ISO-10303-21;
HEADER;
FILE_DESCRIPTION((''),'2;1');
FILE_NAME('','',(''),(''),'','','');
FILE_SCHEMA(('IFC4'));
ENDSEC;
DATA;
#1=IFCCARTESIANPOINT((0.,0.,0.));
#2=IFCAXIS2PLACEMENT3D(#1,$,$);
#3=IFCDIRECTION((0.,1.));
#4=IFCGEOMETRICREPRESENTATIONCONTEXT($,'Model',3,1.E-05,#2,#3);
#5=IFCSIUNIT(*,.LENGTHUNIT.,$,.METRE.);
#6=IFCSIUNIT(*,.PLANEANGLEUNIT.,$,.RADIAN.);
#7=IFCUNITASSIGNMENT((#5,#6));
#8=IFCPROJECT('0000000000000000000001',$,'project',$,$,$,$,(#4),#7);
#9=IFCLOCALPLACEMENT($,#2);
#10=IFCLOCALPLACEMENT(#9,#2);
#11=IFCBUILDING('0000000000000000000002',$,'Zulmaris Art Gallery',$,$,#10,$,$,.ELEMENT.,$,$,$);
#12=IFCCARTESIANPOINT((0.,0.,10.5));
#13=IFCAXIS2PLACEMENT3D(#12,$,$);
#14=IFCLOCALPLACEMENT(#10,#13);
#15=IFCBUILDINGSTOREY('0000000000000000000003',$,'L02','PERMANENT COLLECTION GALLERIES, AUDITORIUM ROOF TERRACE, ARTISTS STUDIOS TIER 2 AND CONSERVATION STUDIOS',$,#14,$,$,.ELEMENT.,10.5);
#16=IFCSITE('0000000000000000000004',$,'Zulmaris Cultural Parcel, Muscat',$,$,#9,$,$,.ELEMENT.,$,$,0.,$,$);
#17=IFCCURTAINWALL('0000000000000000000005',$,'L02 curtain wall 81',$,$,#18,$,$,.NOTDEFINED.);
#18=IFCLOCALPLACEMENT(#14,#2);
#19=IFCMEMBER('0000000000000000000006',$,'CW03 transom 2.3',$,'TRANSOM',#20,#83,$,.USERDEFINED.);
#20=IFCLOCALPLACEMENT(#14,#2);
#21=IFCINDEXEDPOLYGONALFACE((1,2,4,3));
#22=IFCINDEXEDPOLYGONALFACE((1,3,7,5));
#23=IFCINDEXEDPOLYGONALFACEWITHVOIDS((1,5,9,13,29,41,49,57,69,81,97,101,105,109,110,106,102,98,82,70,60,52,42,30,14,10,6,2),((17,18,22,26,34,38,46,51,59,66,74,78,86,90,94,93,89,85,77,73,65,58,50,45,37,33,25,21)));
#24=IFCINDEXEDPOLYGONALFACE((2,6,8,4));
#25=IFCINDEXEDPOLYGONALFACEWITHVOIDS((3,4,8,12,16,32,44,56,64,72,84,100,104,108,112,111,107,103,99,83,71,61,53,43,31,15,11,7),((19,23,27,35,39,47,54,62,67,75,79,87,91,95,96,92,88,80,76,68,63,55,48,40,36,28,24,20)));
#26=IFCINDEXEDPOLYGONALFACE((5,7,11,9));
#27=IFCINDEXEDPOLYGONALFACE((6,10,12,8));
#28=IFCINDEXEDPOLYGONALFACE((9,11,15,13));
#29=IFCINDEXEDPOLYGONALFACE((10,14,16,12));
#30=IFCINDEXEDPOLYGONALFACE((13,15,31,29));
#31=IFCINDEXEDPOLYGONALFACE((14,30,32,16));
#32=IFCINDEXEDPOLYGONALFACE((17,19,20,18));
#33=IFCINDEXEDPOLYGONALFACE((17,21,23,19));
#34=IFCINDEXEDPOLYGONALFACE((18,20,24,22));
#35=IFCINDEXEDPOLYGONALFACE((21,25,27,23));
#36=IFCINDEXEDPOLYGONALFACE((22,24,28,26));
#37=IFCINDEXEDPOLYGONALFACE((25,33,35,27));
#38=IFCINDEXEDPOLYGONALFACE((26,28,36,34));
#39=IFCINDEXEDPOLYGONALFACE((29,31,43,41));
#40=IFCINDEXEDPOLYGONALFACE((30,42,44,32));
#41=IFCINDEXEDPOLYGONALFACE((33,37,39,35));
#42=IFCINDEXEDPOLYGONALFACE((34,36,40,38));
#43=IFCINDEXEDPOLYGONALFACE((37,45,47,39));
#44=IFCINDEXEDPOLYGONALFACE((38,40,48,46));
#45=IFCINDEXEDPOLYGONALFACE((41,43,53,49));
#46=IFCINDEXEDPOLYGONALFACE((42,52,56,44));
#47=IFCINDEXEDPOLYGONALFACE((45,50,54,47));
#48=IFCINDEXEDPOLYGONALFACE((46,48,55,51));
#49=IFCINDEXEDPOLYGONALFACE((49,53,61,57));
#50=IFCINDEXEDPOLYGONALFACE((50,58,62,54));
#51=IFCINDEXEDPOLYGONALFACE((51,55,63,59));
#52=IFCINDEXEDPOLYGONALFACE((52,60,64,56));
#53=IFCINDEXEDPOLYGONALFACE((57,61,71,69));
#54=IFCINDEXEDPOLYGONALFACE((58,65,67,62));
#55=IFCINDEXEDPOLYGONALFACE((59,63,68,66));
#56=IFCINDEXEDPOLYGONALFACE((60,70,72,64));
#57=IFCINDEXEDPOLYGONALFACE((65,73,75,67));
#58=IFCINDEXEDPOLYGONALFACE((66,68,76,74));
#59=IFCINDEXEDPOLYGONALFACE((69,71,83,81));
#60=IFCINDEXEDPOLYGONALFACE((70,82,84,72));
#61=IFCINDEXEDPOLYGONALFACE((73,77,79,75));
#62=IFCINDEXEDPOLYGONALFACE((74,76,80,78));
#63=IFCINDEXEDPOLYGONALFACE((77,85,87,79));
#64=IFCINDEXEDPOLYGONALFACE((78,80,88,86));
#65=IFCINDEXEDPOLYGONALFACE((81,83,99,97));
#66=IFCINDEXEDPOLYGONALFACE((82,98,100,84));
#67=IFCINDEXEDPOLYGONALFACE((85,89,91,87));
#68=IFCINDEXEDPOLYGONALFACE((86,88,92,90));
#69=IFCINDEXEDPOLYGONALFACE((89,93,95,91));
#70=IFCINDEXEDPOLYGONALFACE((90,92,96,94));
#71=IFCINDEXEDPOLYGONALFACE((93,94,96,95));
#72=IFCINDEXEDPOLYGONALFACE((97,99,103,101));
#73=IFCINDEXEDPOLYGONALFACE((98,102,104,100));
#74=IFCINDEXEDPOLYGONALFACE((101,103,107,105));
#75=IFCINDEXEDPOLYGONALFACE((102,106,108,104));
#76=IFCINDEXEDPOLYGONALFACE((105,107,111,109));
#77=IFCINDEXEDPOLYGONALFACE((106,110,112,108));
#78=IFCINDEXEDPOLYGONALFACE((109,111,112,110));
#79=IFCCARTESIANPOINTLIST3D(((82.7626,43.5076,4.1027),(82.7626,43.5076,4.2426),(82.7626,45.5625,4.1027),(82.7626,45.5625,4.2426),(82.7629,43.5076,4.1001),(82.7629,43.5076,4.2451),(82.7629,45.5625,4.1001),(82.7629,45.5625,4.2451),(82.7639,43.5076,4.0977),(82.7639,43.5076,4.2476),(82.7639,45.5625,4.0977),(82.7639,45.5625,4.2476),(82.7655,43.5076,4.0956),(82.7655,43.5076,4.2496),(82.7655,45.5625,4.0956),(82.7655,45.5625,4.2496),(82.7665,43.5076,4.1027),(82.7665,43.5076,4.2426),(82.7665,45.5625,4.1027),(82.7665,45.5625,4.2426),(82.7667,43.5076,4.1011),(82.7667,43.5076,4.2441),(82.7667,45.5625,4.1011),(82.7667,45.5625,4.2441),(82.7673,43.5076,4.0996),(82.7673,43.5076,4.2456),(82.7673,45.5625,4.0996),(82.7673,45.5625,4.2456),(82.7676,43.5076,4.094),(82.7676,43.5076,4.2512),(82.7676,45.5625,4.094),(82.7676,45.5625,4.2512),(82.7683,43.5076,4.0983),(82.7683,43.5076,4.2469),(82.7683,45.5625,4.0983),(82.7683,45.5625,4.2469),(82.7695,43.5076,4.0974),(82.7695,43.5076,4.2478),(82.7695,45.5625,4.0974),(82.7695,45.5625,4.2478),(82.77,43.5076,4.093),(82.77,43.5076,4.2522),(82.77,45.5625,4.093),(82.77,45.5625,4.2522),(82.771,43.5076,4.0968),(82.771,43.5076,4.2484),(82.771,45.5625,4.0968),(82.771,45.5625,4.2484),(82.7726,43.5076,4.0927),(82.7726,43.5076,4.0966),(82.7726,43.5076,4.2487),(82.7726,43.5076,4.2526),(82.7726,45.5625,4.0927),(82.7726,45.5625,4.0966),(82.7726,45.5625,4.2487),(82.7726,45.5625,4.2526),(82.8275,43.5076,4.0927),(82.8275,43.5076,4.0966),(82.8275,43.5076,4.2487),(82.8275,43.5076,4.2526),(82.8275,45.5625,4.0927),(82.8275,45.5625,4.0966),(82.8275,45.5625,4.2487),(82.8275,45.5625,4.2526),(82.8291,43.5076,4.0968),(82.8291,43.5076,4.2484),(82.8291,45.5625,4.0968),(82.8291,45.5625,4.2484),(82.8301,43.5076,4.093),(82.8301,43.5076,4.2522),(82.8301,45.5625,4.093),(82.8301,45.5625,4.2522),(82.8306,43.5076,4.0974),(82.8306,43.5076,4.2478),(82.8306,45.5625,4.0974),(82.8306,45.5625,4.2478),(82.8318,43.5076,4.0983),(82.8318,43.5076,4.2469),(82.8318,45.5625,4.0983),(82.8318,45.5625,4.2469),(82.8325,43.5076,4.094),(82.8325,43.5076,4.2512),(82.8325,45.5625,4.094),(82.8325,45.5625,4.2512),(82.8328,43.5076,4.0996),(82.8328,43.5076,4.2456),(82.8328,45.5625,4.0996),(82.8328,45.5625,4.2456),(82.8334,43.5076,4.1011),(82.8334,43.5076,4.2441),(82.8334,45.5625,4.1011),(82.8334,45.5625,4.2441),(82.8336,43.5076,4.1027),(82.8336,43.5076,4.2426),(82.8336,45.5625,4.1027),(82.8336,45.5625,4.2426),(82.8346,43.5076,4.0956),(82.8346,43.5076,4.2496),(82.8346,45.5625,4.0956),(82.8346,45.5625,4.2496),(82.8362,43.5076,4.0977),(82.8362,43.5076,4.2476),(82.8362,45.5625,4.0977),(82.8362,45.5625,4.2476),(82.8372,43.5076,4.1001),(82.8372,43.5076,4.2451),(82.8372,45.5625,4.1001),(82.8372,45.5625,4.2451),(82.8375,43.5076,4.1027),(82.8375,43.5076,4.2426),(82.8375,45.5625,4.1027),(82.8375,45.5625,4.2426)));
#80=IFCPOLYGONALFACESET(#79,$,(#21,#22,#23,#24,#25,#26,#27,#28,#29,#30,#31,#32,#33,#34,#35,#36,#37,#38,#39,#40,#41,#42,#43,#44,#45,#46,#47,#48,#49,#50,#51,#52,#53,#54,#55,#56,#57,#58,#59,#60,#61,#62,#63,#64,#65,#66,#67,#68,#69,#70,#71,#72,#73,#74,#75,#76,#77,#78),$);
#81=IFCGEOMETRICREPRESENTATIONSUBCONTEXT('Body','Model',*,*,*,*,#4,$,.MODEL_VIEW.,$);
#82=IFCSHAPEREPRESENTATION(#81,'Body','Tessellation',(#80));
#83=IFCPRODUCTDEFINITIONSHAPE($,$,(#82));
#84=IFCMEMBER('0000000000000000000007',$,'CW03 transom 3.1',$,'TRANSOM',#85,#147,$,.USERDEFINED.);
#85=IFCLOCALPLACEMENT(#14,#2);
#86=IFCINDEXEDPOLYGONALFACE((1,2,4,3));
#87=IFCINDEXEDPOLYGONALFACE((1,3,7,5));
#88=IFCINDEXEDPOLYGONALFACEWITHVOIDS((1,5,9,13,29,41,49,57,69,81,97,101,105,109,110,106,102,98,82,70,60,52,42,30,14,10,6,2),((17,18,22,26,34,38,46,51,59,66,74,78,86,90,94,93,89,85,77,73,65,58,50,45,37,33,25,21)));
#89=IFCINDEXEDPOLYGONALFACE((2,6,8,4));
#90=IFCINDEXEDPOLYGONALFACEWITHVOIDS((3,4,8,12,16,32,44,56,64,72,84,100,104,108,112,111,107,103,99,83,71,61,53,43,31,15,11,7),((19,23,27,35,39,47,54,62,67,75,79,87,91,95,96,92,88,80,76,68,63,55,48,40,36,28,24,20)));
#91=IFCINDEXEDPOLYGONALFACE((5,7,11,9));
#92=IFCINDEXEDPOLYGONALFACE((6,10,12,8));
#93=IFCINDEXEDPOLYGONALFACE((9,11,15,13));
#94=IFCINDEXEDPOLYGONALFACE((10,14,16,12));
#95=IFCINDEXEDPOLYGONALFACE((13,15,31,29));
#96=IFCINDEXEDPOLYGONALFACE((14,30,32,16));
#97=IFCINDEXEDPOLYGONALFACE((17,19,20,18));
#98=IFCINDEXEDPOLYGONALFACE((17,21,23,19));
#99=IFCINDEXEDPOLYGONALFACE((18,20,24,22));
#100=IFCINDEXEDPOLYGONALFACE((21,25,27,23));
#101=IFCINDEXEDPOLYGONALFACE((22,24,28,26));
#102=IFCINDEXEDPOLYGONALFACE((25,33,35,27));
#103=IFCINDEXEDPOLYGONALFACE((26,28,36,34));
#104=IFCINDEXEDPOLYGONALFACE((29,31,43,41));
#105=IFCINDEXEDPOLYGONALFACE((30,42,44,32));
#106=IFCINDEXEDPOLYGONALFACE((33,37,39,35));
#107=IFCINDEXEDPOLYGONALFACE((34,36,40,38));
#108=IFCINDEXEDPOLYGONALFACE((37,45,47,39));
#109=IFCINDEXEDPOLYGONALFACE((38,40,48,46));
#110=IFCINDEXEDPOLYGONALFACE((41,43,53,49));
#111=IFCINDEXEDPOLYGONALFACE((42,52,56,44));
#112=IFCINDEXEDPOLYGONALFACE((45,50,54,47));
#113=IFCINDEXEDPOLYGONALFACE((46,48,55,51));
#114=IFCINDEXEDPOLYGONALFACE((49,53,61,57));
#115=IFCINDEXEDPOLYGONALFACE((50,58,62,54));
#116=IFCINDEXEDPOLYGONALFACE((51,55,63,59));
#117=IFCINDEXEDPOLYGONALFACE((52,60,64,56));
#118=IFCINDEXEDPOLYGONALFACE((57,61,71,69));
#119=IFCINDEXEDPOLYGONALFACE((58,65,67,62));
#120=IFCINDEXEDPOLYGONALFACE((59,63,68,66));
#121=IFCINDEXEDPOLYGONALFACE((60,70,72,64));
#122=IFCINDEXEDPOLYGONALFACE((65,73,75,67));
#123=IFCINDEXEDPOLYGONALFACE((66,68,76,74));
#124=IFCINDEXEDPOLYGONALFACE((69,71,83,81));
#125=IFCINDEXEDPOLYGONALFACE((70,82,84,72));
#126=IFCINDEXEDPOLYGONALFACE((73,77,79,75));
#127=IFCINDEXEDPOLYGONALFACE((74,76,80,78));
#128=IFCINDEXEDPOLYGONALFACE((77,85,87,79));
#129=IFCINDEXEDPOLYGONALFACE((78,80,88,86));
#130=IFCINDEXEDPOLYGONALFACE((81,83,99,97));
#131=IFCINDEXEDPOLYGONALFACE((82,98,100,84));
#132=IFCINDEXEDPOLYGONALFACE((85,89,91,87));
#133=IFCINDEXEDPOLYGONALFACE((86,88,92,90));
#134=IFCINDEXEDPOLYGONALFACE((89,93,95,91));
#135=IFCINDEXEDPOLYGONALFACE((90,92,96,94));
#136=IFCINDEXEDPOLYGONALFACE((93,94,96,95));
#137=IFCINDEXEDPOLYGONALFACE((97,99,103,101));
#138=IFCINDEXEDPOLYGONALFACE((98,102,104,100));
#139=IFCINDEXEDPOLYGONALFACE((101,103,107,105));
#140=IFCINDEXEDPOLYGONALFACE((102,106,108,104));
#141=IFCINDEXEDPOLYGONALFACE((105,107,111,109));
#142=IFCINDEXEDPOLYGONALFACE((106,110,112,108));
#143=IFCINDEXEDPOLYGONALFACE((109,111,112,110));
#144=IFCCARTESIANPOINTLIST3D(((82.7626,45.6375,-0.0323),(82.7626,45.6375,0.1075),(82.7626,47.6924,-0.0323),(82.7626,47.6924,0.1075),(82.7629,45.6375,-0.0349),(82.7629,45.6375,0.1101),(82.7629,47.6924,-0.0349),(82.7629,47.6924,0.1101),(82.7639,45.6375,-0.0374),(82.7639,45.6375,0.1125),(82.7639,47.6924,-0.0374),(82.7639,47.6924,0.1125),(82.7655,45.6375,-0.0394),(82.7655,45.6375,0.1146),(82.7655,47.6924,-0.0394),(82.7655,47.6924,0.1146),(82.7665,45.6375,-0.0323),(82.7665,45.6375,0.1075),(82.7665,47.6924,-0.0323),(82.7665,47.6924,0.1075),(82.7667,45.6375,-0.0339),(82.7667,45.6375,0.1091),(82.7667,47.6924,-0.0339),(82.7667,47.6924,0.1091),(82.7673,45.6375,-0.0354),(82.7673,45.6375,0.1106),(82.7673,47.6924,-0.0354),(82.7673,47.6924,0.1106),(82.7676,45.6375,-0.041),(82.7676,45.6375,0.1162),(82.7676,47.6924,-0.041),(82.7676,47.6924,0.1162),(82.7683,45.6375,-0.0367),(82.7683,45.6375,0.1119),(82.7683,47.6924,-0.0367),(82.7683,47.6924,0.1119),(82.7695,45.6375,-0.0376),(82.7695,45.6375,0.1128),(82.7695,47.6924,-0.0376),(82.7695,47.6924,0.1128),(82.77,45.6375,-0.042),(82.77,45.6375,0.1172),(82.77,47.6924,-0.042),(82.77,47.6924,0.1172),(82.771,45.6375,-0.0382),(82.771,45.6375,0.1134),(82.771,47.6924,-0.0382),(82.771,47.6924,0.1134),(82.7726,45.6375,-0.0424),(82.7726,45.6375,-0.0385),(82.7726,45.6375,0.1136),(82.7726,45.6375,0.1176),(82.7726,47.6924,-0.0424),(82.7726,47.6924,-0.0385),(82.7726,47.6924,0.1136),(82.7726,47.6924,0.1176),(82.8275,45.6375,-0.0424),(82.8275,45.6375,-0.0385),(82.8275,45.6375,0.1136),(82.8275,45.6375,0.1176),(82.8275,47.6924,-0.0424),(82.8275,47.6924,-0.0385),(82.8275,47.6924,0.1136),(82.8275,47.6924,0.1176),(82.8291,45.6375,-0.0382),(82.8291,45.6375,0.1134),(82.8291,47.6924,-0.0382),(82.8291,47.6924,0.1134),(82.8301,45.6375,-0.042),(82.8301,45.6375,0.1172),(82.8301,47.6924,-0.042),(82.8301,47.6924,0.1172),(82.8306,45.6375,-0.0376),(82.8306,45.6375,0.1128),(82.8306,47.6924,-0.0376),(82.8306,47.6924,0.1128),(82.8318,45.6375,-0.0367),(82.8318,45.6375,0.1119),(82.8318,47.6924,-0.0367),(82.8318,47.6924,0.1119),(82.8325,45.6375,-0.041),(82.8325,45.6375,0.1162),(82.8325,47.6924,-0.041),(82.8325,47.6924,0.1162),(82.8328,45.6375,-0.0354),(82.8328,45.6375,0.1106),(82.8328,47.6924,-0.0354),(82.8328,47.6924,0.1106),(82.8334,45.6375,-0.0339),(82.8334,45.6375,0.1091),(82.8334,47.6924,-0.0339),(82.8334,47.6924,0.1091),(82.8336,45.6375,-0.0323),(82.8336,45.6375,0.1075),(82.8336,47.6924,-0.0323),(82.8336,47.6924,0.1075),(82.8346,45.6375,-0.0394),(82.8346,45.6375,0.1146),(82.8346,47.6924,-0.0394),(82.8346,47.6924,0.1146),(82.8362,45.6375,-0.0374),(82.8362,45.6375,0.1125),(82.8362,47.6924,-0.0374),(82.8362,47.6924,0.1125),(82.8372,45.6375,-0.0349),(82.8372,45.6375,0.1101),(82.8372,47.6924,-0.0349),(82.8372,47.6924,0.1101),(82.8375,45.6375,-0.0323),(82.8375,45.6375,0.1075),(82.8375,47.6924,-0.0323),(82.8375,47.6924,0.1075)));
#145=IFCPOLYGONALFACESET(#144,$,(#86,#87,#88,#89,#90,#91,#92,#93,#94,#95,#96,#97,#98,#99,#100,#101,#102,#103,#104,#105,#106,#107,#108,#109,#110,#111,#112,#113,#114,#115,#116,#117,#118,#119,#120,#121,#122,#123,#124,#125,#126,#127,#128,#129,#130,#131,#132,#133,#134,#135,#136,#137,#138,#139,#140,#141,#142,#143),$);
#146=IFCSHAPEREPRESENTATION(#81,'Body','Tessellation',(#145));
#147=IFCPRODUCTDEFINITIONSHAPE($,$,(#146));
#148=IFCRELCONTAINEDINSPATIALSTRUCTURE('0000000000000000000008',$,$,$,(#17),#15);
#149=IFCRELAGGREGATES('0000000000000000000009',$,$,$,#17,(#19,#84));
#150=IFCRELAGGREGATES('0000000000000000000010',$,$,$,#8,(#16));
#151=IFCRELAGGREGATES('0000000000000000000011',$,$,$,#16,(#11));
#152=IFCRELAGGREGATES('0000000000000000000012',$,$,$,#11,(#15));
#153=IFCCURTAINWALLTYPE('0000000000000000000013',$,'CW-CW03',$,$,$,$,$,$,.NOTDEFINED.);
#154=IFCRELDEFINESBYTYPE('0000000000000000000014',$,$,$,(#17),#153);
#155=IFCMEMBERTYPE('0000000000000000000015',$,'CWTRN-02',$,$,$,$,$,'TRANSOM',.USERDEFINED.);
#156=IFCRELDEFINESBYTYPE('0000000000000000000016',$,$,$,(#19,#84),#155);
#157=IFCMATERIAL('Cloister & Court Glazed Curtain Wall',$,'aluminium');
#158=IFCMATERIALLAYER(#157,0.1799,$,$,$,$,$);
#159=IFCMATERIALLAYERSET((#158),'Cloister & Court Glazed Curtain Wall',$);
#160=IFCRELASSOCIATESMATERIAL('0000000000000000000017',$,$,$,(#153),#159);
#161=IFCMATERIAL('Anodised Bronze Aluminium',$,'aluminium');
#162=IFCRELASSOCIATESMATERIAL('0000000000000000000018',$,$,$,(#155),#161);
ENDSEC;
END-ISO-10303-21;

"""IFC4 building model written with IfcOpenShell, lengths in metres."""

from ifc_helpers import new_model, si_unit, direction, frame, origin, origin_2d, place, context, subcontext, project, spatial, hollow_rectangle, extrude, material, layer, layer_set, material_profile, profile_set, type_object, element, aggregate, save


model = new_model("IFC4")

# Units and contexts
model_context = context("Model", 3, precision=1e-05, world=origin(), true_north=direction((0.0, 1.0)))
body_context = subcontext(model_context, "Body", "Model", "MODEL_VIEW")
ifc_project = project(units=[si_unit("LENGTHUNIT", "METRE"), si_unit("PLANEANGLEUNIT", "RADIAN")], contexts=[model_context])

# Site, building, storey
site_placement = place(None, origin())
site = spatial("IfcSite", under=ifc_project, at=site_placement, Name="Zulmaris Cultural Parcel, Muscat", CompositionType="ELEMENT", RefElevation=0.0)
building_placement = place(site_placement, origin())
building = spatial("IfcBuilding", under=site, at=building_placement, Name="Zulmaris Art Gallery", CompositionType="ELEMENT")
storey_placement = place(building_placement, frame((0.0, 0.0, 10.5)))
storey = spatial("IfcBuildingStorey", under=building, at=storey_placement, Name="L02", Description="PERMANENT COLLECTION GALLERIES, AUDITORIUM ROOF TERRACE, ARTISTS STUDIOS TIER 2 AND CONSERVATION STUDIOS", CompositionType="ELEMENT", Elevation=10.5)

# Curtain wall
ifc_material_1 = material(Name="Cloister & Court Glazed Curtain Wall", Category="aluminium")
ifc_layer_1 = layer(ifc_material_1, 0.1799)
ifc_layer_set_1 = layer_set([ifc_layer_1], Name="Cloister & Court Glazed Curtain Wall")
curtain_wall_type = type_object("IfcCurtainWallType", Name="CW-CW03", PredefinedType="NOTDEFINED", material=ifc_layer_set_1)
curtain_wall_1_placement = place(storey_placement, origin())
curtain_wall_1 = element("IfcCurtainWall", 1, at=curtain_wall_1_placement, inside=storey, type_object=curtain_wall_type, Name="L02 curtain wall 81", PredefinedType="NOTDEFINED")
ifc_material_2 = material(Name="Anodised Bronze Aluminium", Category="aluminium")

# Members
ifc_material_profile_1 = material_profile(ifc_material_2, hollow_rectangle(XDim=0.075, YDim=0.1599, WallThickness=0.0039, InnerFilletRadius=0.0061, OuterFilletRadius=0.01, at=origin_2d()), Name="ALU 75x160x4")
ifc_profile_set_1 = profile_set([ifc_material_profile_1], Name="Anodised Bronze Aluminium")
member_type_1 = type_object("IfcMemberType", Name="CWTRN-02", ElementType="TRANSOM", PredefinedType="USERDEFINED", material=ifc_profile_set_1)
member_1_placement = place(storey_placement, frame((82.8, 43.5076, 4.1726), z_axis=(0.0, 1.0, 0.0), x_axis=(-1.0, 0.0, 0.0)))
member_1 = element("IfcMember", 2, at=member_1_placement, type_object=member_type_1, Name="CW03 transom 2.3", ObjectType="TRANSOM", PredefinedType="USERDEFINED", context=body_context, shape_type="SweptSolid", body=[
    extrude(hollow_rectangle(XDim=0.075, YDim=0.1599, WallThickness=0.0039, InnerFilletRadius=0.0061, OuterFilletRadius=0.01, at=origin_2d()), origin(), (0.0, 0.0, 1.0), 2.0549),
])
member_2_placement = place(storey_placement, frame((82.8, 45.6375, 0.0376), z_axis=(0.0, 1.0, 0.0), x_axis=(-1.0, 0.0, 0.0)))
member_2 = element("IfcMember", 3, at=member_2_placement, type_object=member_type_1, Name="CW03 transom 3.1", ObjectType="TRANSOM", PredefinedType="USERDEFINED", context=body_context, shape_type="SweptSolid", body=[
    extrude(hollow_rectangle(XDim=0.075, YDim=0.1599, WallThickness=0.0039, InnerFilletRadius=0.0061, OuterFilletRadius=0.01, at=origin_2d()), origin(), (0.0, 0.0, 1.0), 2.0549),
])

aggregate(curtain_wall_1, [member_1, member_2])

save(model, "model.ifc")
